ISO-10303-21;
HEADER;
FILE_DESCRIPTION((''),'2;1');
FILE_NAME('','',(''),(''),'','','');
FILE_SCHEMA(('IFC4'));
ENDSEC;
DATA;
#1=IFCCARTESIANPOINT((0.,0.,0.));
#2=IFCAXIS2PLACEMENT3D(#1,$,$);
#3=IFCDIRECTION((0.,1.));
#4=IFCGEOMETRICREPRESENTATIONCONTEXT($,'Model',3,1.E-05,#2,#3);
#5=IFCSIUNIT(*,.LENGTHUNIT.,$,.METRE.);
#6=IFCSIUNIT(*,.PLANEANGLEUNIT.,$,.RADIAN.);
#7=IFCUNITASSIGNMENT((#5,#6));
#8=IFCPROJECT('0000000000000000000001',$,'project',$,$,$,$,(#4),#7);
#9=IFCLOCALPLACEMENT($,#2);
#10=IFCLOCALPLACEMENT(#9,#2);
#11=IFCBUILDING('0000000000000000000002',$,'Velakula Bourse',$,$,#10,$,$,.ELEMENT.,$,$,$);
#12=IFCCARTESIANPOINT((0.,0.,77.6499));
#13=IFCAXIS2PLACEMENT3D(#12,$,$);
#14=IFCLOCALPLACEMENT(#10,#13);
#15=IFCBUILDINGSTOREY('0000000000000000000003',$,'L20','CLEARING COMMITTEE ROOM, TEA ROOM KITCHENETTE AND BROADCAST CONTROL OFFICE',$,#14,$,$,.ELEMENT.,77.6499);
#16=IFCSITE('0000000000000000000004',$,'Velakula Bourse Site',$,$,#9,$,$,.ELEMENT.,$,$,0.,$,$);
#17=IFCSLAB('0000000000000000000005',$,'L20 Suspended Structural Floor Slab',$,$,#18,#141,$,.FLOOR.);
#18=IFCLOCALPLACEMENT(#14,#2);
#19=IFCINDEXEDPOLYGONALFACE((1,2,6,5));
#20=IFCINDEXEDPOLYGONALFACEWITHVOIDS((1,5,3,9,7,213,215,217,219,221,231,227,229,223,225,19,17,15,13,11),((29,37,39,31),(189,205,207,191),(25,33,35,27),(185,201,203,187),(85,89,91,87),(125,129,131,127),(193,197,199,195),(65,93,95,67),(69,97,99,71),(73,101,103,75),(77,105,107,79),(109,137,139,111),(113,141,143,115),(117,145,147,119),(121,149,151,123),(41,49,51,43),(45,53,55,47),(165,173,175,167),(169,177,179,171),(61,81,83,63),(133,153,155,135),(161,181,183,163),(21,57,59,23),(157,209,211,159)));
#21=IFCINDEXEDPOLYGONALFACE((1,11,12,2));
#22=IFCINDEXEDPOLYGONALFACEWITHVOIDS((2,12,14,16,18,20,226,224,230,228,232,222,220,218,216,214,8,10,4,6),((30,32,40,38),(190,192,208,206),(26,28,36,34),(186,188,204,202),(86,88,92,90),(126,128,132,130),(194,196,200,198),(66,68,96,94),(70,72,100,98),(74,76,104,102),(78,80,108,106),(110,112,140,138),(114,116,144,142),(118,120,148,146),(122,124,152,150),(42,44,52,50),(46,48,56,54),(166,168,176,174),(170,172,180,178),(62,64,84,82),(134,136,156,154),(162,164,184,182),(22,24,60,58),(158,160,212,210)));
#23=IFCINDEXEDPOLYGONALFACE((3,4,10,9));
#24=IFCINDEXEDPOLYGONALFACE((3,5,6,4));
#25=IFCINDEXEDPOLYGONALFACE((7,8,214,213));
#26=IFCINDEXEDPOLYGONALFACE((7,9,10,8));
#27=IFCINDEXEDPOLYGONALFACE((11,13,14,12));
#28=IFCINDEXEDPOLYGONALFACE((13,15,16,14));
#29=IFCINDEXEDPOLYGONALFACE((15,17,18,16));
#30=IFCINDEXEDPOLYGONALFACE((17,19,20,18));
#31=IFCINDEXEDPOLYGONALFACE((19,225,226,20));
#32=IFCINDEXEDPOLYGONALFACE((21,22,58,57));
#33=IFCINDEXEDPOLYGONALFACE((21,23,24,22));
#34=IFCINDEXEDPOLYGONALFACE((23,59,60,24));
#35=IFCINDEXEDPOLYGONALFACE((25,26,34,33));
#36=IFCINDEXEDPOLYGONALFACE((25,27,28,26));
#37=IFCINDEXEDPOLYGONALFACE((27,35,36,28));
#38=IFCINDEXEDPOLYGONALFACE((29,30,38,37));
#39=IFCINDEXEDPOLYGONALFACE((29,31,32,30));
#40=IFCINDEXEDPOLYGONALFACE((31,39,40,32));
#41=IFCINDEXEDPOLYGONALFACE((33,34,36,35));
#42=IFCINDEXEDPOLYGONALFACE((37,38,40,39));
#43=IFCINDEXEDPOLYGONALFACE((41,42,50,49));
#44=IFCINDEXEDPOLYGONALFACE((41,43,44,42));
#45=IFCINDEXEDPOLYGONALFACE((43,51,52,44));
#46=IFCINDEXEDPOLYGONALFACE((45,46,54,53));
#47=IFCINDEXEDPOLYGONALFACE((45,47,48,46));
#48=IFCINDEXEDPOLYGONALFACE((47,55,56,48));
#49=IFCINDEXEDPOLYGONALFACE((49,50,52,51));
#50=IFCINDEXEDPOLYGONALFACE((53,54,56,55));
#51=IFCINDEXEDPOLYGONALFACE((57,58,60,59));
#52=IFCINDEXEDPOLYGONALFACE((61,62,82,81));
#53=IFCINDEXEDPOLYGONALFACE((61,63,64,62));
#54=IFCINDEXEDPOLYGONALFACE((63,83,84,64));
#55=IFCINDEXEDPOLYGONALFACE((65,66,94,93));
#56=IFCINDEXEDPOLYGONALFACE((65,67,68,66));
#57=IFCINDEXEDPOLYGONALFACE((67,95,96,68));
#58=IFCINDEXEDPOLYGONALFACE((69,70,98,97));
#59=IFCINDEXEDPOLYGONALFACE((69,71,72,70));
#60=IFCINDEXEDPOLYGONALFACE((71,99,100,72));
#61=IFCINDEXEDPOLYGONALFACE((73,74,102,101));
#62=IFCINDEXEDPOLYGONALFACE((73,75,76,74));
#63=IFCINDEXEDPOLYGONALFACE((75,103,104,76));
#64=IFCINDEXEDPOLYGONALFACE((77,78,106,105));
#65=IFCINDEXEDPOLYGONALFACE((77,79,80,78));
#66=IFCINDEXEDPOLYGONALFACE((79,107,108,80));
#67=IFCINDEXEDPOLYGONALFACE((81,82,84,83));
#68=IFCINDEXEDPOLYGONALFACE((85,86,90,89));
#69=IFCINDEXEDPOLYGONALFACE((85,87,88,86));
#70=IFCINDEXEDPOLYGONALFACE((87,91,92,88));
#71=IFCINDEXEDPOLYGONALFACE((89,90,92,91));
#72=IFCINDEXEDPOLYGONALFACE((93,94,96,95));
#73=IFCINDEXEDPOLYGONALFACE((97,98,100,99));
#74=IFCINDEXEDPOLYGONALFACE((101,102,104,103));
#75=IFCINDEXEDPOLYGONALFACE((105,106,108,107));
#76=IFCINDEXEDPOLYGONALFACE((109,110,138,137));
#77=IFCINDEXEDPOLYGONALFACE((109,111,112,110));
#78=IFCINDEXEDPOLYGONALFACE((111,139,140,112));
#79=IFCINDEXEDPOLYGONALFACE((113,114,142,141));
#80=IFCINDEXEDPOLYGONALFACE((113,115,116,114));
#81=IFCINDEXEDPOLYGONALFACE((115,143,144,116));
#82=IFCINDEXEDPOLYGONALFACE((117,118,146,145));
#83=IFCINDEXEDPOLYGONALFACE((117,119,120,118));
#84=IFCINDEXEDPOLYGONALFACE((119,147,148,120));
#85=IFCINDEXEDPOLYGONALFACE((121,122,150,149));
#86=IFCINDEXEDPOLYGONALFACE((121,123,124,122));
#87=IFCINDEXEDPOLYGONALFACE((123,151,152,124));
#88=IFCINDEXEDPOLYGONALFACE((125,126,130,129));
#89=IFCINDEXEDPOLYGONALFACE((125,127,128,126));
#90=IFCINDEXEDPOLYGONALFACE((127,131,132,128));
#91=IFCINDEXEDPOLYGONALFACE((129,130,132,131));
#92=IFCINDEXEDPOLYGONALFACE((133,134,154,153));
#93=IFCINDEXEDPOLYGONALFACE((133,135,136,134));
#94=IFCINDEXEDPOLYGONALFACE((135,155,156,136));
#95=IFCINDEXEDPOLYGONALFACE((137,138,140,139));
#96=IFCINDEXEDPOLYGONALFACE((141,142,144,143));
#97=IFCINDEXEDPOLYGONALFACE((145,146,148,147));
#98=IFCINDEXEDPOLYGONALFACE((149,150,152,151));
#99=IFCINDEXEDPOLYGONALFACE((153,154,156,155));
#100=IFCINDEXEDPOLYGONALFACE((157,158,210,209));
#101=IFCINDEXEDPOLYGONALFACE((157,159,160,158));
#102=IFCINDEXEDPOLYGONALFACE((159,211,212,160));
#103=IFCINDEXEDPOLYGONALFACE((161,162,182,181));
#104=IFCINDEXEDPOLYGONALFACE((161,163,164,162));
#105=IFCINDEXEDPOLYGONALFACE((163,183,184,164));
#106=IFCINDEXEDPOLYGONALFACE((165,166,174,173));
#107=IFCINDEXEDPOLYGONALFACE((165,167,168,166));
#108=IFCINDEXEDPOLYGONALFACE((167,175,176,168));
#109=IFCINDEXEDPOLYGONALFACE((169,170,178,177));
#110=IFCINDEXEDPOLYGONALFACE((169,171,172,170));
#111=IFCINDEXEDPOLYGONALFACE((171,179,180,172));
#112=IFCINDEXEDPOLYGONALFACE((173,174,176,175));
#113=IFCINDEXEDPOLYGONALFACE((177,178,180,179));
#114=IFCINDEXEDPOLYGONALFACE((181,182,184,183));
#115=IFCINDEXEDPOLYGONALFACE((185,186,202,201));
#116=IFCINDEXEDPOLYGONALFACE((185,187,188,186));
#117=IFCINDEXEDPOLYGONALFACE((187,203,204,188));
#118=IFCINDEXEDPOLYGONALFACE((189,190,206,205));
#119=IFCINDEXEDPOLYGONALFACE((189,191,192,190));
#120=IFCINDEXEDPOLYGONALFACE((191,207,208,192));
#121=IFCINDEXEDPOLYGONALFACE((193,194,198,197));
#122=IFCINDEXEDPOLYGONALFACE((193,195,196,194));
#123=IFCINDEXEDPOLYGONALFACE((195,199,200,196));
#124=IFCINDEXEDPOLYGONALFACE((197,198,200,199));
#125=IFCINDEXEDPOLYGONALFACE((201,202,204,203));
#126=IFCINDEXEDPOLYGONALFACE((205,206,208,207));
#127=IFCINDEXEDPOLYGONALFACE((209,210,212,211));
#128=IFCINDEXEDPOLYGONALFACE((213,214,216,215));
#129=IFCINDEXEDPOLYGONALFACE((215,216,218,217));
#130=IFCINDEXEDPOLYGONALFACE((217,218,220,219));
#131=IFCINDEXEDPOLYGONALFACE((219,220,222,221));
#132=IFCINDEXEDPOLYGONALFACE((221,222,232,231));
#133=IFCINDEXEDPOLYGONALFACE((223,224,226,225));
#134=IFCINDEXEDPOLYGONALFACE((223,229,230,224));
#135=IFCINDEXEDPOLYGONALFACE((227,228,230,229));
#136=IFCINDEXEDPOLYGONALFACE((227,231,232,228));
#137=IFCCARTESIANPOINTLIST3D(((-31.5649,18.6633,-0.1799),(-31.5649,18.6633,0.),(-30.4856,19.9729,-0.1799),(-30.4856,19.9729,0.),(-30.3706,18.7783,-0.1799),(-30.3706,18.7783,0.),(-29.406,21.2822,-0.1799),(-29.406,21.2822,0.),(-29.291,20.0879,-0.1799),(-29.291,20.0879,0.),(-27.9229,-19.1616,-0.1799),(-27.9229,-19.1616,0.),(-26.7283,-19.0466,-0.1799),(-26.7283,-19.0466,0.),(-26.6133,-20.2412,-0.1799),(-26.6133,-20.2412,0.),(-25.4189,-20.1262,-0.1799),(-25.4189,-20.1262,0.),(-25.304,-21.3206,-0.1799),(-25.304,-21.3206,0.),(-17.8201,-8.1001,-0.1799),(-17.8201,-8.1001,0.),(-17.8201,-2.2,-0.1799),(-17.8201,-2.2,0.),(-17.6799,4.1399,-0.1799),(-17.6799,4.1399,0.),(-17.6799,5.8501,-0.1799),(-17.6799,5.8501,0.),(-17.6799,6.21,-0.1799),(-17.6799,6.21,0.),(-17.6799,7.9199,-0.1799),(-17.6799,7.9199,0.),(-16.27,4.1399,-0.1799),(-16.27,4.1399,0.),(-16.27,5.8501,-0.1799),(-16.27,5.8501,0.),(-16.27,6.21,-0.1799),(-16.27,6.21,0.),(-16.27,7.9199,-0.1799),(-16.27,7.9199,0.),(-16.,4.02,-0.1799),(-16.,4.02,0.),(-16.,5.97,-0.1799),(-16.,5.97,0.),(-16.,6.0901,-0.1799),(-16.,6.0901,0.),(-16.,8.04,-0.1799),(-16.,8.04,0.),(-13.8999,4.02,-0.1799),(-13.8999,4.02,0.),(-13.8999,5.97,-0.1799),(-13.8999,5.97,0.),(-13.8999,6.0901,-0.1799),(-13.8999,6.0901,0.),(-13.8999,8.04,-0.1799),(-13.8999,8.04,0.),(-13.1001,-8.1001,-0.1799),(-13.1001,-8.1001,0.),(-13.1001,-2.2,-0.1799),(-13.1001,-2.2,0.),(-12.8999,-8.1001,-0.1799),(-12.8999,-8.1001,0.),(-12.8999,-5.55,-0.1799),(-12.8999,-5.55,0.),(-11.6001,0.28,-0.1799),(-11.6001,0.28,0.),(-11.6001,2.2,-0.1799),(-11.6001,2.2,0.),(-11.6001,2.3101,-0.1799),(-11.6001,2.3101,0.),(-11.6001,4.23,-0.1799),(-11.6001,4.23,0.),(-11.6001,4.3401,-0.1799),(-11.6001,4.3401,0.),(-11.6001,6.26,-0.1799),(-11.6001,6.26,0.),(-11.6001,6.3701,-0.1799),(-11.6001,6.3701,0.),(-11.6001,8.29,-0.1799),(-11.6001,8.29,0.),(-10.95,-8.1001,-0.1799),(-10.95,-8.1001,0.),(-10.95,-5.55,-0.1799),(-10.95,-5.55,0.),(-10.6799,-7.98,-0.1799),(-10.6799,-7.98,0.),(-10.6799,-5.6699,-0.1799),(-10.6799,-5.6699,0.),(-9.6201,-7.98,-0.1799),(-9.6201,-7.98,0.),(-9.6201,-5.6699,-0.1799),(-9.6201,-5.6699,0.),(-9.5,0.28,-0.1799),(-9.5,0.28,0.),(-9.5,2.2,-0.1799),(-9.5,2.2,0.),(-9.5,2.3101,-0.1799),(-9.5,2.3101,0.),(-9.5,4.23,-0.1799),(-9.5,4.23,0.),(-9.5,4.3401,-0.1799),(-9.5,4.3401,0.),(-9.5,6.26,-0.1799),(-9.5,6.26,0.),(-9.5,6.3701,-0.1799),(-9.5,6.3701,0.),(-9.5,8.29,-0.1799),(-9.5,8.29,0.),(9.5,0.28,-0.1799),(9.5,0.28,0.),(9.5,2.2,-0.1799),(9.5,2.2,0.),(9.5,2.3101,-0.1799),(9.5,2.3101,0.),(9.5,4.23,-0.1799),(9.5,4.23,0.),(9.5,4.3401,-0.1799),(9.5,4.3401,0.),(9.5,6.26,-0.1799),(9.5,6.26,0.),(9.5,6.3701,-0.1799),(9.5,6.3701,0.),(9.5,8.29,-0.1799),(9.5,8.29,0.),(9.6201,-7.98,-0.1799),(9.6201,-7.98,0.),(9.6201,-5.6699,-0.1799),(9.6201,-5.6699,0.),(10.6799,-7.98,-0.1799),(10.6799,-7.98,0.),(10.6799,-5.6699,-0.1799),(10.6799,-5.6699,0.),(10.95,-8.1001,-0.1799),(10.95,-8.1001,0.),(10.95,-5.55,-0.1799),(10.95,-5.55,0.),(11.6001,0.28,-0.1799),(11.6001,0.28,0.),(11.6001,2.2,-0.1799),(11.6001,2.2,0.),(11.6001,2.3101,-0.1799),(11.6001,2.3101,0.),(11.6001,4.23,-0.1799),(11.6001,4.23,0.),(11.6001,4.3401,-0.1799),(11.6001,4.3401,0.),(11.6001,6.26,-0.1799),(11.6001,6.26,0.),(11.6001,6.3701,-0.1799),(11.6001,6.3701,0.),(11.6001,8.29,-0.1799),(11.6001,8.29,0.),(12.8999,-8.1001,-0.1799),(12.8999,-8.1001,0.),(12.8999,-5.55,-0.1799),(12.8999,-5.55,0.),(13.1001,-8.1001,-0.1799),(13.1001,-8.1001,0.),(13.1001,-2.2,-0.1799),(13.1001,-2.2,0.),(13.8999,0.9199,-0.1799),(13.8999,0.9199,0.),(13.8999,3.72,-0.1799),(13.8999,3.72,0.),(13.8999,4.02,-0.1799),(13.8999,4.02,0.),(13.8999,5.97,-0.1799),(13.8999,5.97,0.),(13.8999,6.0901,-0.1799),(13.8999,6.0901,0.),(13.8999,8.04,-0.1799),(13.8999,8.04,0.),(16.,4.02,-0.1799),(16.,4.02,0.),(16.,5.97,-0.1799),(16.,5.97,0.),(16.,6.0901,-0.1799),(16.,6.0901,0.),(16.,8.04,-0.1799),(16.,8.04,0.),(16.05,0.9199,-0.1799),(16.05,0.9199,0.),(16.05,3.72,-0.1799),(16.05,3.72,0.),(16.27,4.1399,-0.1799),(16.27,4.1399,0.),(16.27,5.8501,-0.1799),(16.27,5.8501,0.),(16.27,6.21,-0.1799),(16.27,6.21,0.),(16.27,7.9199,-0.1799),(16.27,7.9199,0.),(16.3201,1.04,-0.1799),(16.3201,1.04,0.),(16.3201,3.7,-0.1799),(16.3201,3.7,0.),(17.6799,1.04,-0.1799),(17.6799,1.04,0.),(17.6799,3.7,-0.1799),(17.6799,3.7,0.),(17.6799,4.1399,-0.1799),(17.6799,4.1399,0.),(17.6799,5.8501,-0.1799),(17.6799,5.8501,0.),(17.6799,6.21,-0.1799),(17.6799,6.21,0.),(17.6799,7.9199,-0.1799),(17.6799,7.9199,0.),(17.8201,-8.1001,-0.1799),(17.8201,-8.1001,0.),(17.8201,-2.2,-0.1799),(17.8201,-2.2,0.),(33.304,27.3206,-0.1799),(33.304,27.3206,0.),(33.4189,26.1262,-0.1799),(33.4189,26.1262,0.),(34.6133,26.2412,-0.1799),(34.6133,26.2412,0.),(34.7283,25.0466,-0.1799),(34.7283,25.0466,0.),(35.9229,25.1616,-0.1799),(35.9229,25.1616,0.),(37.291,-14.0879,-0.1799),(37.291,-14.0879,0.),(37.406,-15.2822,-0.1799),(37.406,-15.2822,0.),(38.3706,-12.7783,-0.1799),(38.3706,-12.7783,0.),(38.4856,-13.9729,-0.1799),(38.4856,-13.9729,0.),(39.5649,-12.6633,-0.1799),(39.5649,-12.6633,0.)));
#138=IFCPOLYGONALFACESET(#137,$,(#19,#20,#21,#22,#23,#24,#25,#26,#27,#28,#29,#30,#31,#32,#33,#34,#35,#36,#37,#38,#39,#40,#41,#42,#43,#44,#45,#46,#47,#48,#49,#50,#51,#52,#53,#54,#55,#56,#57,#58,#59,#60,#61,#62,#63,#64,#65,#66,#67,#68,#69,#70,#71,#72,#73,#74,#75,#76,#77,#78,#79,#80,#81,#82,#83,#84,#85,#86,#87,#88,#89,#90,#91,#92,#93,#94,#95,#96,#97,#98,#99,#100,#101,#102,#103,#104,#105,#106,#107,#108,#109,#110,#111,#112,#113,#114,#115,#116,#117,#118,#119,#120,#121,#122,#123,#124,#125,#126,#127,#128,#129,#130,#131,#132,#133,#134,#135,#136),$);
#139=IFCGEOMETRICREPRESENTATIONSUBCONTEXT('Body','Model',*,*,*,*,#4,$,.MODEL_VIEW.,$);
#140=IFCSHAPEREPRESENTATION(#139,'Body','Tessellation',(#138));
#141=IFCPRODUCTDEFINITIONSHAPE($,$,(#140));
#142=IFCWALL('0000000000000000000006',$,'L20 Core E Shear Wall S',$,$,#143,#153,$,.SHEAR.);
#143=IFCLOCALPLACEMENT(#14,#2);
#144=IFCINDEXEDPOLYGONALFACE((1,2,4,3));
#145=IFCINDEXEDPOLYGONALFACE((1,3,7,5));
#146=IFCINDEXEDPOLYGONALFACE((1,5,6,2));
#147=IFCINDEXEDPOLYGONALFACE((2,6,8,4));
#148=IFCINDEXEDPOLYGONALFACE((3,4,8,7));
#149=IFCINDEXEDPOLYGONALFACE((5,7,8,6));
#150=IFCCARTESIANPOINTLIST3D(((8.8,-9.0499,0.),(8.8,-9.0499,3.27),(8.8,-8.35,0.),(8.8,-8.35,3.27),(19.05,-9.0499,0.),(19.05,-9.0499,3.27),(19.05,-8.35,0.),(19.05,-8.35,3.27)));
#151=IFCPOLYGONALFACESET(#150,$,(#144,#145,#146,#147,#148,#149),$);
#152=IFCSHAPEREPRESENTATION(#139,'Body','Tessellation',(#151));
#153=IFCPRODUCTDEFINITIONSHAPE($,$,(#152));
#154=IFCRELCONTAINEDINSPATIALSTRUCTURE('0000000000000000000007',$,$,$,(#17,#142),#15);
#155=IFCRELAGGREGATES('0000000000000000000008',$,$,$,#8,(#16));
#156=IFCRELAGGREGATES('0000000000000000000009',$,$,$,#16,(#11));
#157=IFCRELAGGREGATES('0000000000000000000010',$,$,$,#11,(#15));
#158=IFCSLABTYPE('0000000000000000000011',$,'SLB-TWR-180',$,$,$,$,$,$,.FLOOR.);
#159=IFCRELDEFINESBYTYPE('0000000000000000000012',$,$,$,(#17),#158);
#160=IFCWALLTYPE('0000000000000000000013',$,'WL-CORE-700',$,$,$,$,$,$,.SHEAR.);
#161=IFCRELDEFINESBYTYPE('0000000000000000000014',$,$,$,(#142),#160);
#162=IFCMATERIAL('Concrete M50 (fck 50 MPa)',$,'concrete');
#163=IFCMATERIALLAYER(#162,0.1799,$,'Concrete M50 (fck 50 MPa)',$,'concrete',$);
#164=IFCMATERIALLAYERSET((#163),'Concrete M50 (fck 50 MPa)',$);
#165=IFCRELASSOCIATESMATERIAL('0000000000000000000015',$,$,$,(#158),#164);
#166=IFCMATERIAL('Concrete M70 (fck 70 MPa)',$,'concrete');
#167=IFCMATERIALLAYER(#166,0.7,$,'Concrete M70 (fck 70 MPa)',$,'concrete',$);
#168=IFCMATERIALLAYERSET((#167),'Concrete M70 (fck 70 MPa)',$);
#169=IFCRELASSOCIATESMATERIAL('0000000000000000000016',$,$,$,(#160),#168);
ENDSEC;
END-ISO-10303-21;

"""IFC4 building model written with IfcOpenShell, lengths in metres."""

from ifc_helpers import new_model, si_unit, direction, frame, frame_2d, origin, place, context, subcontext, project, spatial, polyline, rectangle, outline, extrude, material, layer, layer_set, type_object, element, save


model = new_model("IFC4")

# Units and contexts
model_context = context("Model", 3, precision=1e-05, world=origin(), true_north=direction((0.0, 1.0)))
body_context = subcontext(model_context, "Body", "Model", "MODEL_VIEW")
ifc_project = project(units=[si_unit("LENGTHUNIT", "METRE"), si_unit("PLANEANGLEUNIT", "RADIAN")], contexts=[model_context])

# Site, building, storey
site_placement = place(None, origin())
site = spatial("IfcSite", under=ifc_project, at=site_placement, Name="Velakula Bourse Site", CompositionType="ELEMENT", RefElevation=0.0)
building_placement = place(site_placement, origin())
building = spatial("IfcBuilding", under=site, at=building_placement, Name="Velakula Bourse", CompositionType="ELEMENT")
storey_placement = place(building_placement, frame((0.0, 0.0, 77.6499)))
storey = spatial("IfcBuildingStorey", under=building, at=storey_placement, Name="L20", Description="CLEARING COMMITTEE ROOM, TEA ROOM KITCHENETTE AND BROADCAST CONTROL OFFICE", CompositionType="ELEMENT", Elevation=77.6499)

# Shared definitions
ifc_material_1 = material(Name="Concrete M70 (fck 70 MPa)", Category="concrete")

# Slab
ifc_material_2 = material(Name="Concrete M50 (fck 50 MPa)", Category="concrete")
ifc_layer_1 = layer(ifc_material_2, 0.1799, Name="Concrete M50 (fck 50 MPa)", Category="concrete")
ifc_layer_set_1 = layer_set([ifc_layer_1], Name="Concrete M50 (fck 50 MPa)")
slab_type_1 = type_object("IfcSlabType", Name="SLB-TWR-180", PredefinedType="FLOOR", material=ifc_layer_set_1)
slab_1_placement = place(storey_placement, frame((0.0, 0.0, -0.1799)))
element("IfcSlab", 1, at=slab_1_placement, inside=storey, type_object=slab_type_1, Name="L20 Suspended Structural Floor Slab", PredefinedType="FLOOR", context=body_context, shape_type="SweptSolid", body=[
    extrude(outline(polyline([(-25.304, -21.3206), (37.406, -15.2822), (37.291, -14.0879), (38.4856, -13.9729), (38.3706, -12.7783), (39.5649, -12.6633), (35.9229, 25.1616), (34.7283, 25.0466), (34.6133, 26.2412), (33.4189, 26.1262), (33.304, 27.3206), (-29.406, 21.2822), (-29.291, 20.0879), (-30.4856, 19.9729), (-30.3706, 18.7783), (-31.5649, 18.6633), (-27.9229, -19.1616), (-26.7283, -19.0466), (-26.6133, -20.2412), (-25.4189, -20.1262), (-25.304, -21.3206)]), holes=[polyline([(-17.8201, -8.1001), (-13.1001, -8.1001), (-13.1001, -2.2), (-17.8201, -2.2), (-17.8201, -8.1001)]), polyline([(13.1001, -8.1001), (17.8201, -8.1001), (17.8201, -2.2), (13.1001, -2.2), (13.1001, -8.1001)]), polyline([(-12.8999, -8.1001), (-10.95, -8.1001), (-10.95, -5.55), (-12.8999, -5.55), (-12.8999, -8.1001)]), polyline([(10.95, -8.1001), (12.8999, -8.1001), (12.8999, -5.55), (10.95, -5.55), (10.95, -8.1001)]), polyline([(13.8999, 0.9199), (16.05, 0.9199), (16.05, 3.72), (13.8999, 3.72), (13.8999, 0.9199)]), polyline([(-10.6799, -7.98), (-9.6201, -7.98), (-9.6201, -5.6699), (-10.6799, -5.6699), (-10.6799, -7.98)]), polyline([(-17.6799, 4.1399), (-16.27, 4.1399), (-16.27, 5.8501), (-17.6799, 5.8501), (-17.6799, 4.1399)]), polyline([(-17.6799, 6.21), (-16.27, 6.21), (-16.27, 7.9199), (-17.6799, 7.9199), (-17.6799, 6.21)]), polyline([(9.6201, -7.98), (10.6799, -7.98), (10.6799, -5.6699), (9.6201, -5.6699), (9.6201, -7.98)]), polyline([(16.27, 4.1399), (17.6799, 4.1399), (17.6799, 5.8501), (16.27, 5.8501), (16.27, 4.1399)]), polyline([(16.27, 6.21), (17.6799, 6.21), (17.6799, 7.9199), (16.27, 7.9199), (16.27, 6.21)]), polyline([(16.3201, 1.04), (17.6799, 1.04), (17.6799, 3.7), (16.3201, 3.7), (16.3201, 1.04)]), polyline([(-11.6001, 0.28), (-9.5, 0.28), (-9.5, 2.2), (-11.6001, 2.2), (-11.6001, 0.28)]), polyline([(-11.6001, 2.3101), (-9.5, 2.3101), (-9.5, 4.23), (-11.6001, 4.23), (-11.6001, 2.3101)]), polyline([(-11.6001, 4.3401), (-9.5, 4.3401), (-9.5, 6.26), (-11.6001, 6.26), (-11.6001, 4.3401)]), polyline([(-11.6001, 6.3701), (-9.5, 6.3701), (-9.5, 8.29), (-11.6001, 8.29), (-11.6001, 6.3701)]), polyline([(9.5, 0.28), (11.6001, 0.28), (11.6001, 2.2), (9.5, 2.2), (9.5, 0.28)]), polyline([(9.5, 2.3101), (11.6001, 2.3101), (11.6001, 4.23), (9.5, 4.23), (9.5, 2.3101)]), polyline([(9.5, 4.3401), (11.6001, 4.3401), (11.6001, 6.26), (9.5, 6.26), (9.5, 4.3401)]), polyline([(9.5, 6.3701), (11.6001, 6.3701), (11.6001, 8.29), (9.5, 8.29), (9.5, 6.3701)]), polyline([(-16.0, 4.02), (-13.8999, 4.02), (-13.8999, 5.97), (-16.0, 5.97), (-16.0, 4.02)]), polyline([(-16.0, 6.0901), (-13.8999, 6.0901), (-13.8999, 8.04), (-16.0, 8.04), (-16.0, 6.0901)]), polyline([(13.8999, 4.02), (16.0, 4.02), (16.0, 5.97), (13.8999, 5.97), (13.8999, 4.02)]), polyline([(13.8999, 6.0901), (16.0, 6.0901), (16.0, 8.04), (13.8999, 8.04), (13.8999, 6.0901)])]), origin(), (0.0, 0.0, 1.0), 0.1799),
])

# Wall
ifc_layer_2 = layer(ifc_material_1, 0.7, Name="Concrete M70 (fck 70 MPa)", Category="concrete")
ifc_layer_set_2 = layer_set([ifc_layer_2], Name="Concrete M70 (fck 70 MPa)")
wall_type_1 = type_object("IfcWallType", Name="WL-CORE-700", PredefinedType="SHEAR", material=ifc_layer_set_2)
wall_1_placement = place(storey_placement, frame((8.8, -8.7, 0.0), z_axis=(0.0, 0.0, 1.0), x_axis=(1.0, 0.0, 0.0)))
element("IfcWall", 2, at=wall_1_placement, inside=storey, type_object=wall_type_1, Name="L20 Core E Shear Wall S", PredefinedType="SHEAR", context=body_context, shape_type="SweptSolid", body=[
    extrude(rectangle(XDim=10.25, YDim=0.7, at=frame_2d((5.125, 0.0))), origin(), (0.0, 0.0, 1.0), 3.27),
])

save(model, "model.ifc")
